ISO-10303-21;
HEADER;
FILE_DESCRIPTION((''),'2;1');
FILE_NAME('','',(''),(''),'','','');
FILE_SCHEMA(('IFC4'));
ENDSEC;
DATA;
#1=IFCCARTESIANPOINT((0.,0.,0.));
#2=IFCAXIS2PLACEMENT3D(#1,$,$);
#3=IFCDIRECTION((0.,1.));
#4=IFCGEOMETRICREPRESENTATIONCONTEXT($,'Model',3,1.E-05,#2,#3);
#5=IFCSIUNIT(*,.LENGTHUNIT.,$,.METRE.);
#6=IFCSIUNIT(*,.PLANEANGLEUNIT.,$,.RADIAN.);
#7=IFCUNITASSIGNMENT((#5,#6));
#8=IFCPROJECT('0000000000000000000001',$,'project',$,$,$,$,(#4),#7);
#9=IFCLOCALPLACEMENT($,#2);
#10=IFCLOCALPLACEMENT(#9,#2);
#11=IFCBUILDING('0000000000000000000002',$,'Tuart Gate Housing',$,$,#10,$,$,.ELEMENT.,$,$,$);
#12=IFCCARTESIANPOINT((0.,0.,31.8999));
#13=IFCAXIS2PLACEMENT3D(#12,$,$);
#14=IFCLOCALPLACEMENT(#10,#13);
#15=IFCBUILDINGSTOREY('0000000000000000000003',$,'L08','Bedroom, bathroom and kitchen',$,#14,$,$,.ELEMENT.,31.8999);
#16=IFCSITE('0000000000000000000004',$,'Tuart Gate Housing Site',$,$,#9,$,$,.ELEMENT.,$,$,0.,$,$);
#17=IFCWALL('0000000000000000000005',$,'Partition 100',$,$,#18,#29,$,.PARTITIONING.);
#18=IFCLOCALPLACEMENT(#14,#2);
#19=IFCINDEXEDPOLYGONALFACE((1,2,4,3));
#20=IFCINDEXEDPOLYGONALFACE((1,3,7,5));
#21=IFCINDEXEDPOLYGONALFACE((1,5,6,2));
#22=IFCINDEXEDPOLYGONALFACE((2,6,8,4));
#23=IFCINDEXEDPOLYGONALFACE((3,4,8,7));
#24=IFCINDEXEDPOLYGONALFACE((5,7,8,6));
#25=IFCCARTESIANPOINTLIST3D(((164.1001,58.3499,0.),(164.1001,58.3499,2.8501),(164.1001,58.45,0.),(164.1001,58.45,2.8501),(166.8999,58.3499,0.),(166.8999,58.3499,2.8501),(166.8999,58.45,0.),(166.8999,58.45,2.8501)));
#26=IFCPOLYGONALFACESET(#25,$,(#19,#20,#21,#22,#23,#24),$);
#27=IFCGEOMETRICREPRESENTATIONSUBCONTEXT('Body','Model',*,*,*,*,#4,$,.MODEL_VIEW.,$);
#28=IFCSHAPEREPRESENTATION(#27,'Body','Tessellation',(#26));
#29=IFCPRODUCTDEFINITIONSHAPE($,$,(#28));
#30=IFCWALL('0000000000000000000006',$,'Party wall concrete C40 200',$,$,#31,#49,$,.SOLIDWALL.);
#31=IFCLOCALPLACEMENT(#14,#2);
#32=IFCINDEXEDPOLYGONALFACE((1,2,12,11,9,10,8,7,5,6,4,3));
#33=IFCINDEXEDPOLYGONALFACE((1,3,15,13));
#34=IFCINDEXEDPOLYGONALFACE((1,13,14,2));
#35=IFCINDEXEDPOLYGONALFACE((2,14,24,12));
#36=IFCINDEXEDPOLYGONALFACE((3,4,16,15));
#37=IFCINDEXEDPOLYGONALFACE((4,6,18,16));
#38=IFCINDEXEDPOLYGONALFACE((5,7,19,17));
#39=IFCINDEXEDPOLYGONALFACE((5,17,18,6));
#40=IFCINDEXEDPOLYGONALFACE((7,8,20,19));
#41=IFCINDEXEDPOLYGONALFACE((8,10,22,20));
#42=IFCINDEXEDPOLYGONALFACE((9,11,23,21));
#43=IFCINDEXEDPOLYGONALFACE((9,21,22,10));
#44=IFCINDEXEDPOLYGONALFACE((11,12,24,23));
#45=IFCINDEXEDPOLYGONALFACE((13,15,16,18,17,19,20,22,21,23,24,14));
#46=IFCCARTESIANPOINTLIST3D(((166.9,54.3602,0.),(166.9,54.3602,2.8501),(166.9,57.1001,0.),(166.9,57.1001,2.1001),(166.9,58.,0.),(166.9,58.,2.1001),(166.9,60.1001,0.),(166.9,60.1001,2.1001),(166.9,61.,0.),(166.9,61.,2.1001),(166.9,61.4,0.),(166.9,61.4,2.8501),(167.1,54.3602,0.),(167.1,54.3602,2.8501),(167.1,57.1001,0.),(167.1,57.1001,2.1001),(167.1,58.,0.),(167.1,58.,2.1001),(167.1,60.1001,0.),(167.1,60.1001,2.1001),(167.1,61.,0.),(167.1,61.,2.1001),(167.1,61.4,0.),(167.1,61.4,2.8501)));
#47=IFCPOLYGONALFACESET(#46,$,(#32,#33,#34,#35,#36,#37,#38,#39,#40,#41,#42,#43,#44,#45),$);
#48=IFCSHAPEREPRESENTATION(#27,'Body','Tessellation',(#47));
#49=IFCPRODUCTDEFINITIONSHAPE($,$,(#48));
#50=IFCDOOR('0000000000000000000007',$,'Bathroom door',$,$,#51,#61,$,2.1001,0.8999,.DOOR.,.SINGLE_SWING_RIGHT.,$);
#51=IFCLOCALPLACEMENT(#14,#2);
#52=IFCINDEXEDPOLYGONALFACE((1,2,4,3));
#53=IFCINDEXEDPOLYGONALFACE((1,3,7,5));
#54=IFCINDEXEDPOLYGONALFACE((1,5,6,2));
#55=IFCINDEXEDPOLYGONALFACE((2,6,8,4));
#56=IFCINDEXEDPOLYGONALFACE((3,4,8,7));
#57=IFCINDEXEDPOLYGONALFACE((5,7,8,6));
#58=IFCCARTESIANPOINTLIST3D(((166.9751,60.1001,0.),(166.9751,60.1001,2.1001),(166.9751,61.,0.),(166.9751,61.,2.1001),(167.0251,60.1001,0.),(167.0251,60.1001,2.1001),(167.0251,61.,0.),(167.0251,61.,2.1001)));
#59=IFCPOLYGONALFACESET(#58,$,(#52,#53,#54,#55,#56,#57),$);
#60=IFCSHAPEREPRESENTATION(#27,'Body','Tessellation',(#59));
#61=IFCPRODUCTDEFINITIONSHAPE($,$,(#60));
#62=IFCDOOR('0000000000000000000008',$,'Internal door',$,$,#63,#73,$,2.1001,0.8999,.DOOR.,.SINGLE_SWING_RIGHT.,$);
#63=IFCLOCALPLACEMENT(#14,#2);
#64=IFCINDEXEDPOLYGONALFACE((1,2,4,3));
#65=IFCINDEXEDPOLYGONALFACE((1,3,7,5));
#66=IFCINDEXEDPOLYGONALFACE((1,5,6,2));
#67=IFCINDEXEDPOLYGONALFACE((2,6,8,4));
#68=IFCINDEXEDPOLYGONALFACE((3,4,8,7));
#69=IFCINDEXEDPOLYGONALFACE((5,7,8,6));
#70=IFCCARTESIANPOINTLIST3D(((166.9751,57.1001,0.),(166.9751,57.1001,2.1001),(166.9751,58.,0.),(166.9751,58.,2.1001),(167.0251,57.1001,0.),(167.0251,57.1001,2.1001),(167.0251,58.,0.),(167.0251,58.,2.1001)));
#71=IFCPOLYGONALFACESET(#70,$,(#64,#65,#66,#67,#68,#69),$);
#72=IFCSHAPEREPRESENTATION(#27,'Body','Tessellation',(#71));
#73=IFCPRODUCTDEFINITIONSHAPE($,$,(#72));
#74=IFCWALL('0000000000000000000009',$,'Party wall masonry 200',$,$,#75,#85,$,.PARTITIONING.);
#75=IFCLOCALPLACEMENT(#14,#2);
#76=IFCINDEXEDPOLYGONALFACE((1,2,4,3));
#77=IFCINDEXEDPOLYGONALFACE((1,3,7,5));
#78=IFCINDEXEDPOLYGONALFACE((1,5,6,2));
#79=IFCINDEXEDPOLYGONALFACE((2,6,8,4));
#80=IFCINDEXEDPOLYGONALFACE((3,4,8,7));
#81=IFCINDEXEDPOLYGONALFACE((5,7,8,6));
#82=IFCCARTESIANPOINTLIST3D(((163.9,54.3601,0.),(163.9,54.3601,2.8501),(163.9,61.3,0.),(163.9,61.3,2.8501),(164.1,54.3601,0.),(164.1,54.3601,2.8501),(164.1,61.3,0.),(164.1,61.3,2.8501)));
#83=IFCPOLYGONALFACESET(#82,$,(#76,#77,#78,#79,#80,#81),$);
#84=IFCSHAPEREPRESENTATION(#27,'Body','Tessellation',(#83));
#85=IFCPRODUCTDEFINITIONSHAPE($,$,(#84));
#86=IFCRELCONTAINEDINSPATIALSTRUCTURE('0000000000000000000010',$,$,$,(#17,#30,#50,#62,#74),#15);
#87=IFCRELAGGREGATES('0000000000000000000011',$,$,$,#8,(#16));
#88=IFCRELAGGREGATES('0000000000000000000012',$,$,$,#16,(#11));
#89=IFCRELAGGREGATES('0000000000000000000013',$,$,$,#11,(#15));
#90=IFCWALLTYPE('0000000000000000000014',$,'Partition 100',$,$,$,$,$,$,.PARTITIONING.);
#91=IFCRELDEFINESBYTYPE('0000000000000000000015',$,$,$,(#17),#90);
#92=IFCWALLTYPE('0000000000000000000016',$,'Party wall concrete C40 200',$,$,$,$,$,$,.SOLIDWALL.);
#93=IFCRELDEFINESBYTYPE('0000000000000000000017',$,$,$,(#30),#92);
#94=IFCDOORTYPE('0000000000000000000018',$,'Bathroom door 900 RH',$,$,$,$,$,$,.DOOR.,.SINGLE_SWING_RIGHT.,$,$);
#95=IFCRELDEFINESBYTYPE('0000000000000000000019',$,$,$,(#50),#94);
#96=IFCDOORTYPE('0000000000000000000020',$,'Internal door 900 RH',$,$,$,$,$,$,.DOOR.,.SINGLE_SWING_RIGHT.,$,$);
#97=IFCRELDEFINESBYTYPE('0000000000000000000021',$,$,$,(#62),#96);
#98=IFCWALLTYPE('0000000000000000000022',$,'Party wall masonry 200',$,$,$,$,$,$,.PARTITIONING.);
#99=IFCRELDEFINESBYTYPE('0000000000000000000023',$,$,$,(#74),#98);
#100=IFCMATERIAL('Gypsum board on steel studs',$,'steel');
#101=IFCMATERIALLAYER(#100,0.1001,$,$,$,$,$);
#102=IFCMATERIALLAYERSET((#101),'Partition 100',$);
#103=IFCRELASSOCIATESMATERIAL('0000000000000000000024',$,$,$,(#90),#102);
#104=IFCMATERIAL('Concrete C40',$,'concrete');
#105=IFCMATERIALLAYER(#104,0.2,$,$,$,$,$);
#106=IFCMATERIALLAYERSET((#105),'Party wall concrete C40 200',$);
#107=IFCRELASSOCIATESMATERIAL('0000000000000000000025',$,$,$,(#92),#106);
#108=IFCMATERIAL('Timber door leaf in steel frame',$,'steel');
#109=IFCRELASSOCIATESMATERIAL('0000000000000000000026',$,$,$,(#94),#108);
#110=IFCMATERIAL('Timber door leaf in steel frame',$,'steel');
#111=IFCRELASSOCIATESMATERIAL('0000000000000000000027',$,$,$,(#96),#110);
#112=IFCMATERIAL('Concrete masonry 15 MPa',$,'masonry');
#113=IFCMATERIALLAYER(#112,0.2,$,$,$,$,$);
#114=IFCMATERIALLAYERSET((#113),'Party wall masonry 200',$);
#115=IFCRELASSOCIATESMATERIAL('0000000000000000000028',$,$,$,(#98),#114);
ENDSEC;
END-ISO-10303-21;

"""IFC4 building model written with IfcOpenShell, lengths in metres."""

from ifc_helpers import new_model, si_unit, direction, frame, frame_2d, origin, place, context, subcontext, project, spatial, rectangle, extrude, material, layer, layer_set, type_object, element, fill, save


model = new_model("IFC4")

# Units and contexts
model_context = context("Model", 3, precision=1e-05, world=origin(), true_north=direction((0.0, 1.0)))
body_context = subcontext(model_context, "Body", "Model", "MODEL_VIEW")
ifc_project = project(units=[si_unit("LENGTHUNIT", "METRE"), si_unit("PLANEANGLEUNIT", "RADIAN")], contexts=[model_context])

# Site, building, storey
site_placement = place(None, origin())
site = spatial("IfcSite", under=ifc_project, at=site_placement, Name="Tuart Gate Housing Site", CompositionType="ELEMENT", RefElevation=0.0)
building_placement = place(site_placement, origin())
building = spatial("IfcBuilding", under=site, at=building_placement, Name="Tuart Gate Housing", CompositionType="ELEMENT")
storey_placement = place(building_placement, frame((0.0, 0.0, 31.8999)))
storey = spatial("IfcBuildingStorey", under=building, at=storey_placement, Name="L08", Description="Bedroom, bathroom and kitchen", CompositionType="ELEMENT", Elevation=31.8999)

# Wall
ifc_material_1 = material(Name="Gypsum board on steel studs", Category="steel")
ifc_layer_1 = layer(ifc_material_1, 0.1001)
ifc_layer_set_1 = layer_set([ifc_layer_1], Name="Partition 100")
wall_type_1 = type_object("IfcWallType", Name="Partition 100", PredefinedType="PARTITIONING", material=ifc_layer_set_1)
wall_1_placement = place(storey_placement, frame((164.1001, 58.3999, 0.0), z_axis=(0.0, 0.0, 1.0), x_axis=(1.0, 0.0, 0.0)))
element("IfcWall", 1, at=wall_1_placement, inside=storey, type_object=wall_type_1, Name="Partition 100", PredefinedType="PARTITIONING", context=body_context, shape_type="SweptSolid", body=[
    extrude(rectangle(XDim=2.7998, YDim=0.1001, at=frame_2d((1.3999, 0.0))), origin(), (0.0, 0.0, 1.0), 2.8501),
])

# Wall, openings, doors
ifc_material_2 = material(Name="Concrete C40", Category="concrete")
ifc_layer_2 = layer(ifc_material_2, 0.2)
ifc_layer_set_2 = layer_set([ifc_layer_2], Name="Party wall concrete C40 200")
wall_type_2 = type_object("IfcWallType", Name="Party wall concrete C40 200", PredefinedType="SOLIDWALL", material=ifc_layer_set_2)
wall_2_placement = place(storey_placement, frame((167.0, 54.3601, 0.0), z_axis=(0.0, 0.0, 1.0), x_axis=(0.0, 1.0, 0.0)))
wall_2 = element("IfcWall", 2, at=wall_2_placement, inside=storey, type_object=wall_type_2, Name="Party wall concrete C40 200", PredefinedType="SOLIDWALL", context=body_context, shape_type="SweptSolid", body=[
    extrude(rectangle(XDim=7.0398, YDim=0.2, at=frame_2d((3.52, 0.0))), origin(), (0.0, 0.0, 1.0), 2.8501),
])
opening_1_placement = place(wall_2_placement, frame((2.74, 0.0, 0.0)))
opening_1 = element("IfcOpeningElement", 3, at=opening_1_placement, cuts=wall_2, PredefinedType="OPENING", context=body_context, shape_type="SweptSolid", body=[
    extrude(rectangle(XDim=0.8999, YDim=2.1001, at=frame_2d((0.45, 1.05))), frame((0.0, 0.1099, 0.0), z_axis=(0.0, -1.0, 0.0), x_axis=(1.0, 0.0, 0.0)), (0.0, 0.0, 1.0), 0.22),
])
opening_2_placement = place(wall_2_placement, frame((5.74, 0.0, 0.0)))
opening_2 = element("IfcOpeningElement", 4, at=opening_2_placement, cuts=wall_2, PredefinedType="OPENING", context=body_context, shape_type="SweptSolid", body=[
    extrude(rectangle(XDim=0.8999, YDim=2.1001, at=frame_2d((0.45, 1.05))), frame((0.0, 0.1099, 0.0), z_axis=(0.0, -1.0, 0.0), x_axis=(1.0, 0.0, 0.0)), (0.0, 0.0, 1.0), 0.22),
])
ifc_material_3 = material(Name="Timber door leaf in steel frame", Category="steel")
door_type_1 = type_object("IfcDoorType", Name="Bathroom door 900 RH", OperationType="SINGLE_SWING_RIGHT", PredefinedType="DOOR", material=ifc_material_3)
door_1_placement = place(opening_2_placement, origin())
door_1 = element("IfcDoor", 5, at=door_1_placement, inside=storey, type_object=door_type_1, Name="Bathroom door", OperationType="SINGLE_SWING_RIGHT", OverallHeight=2.1001, OverallWidth=0.8999, PredefinedType="DOOR", context=body_context, shape_type="SweptSolid", body=[
    extrude(rectangle(XDim=0.8999, YDim=2.1001, at=frame_2d((0.45, 1.05))), frame((0.0, 0.0249, 0.0), z_axis=(0.0, -1.0, 0.0), x_axis=(1.0, 0.0, 0.0)), (0.0, 0.0, 1.0), 0.05),
])
fill(opening_2, door_1)
ifc_material_4 = material(Name="Timber door leaf in steel frame", Category="steel")
door_type_2 = type_object("IfcDoorType", Name="Internal door 900 RH", OperationType="SINGLE_SWING_RIGHT", PredefinedType="DOOR", material=ifc_material_4)
door_2_placement = place(opening_1_placement, origin())
door_2 = element("IfcDoor", 6, at=door_2_placement, inside=storey, type_object=door_type_2, Name="Internal door", OperationType="SINGLE_SWING_RIGHT", OverallHeight=2.1001, OverallWidth=0.8999, PredefinedType="DOOR", context=body_context, shape_type="SweptSolid", body=[
    extrude(rectangle(XDim=0.8999, YDim=2.1001, at=frame_2d((0.45, 1.05))), frame((0.0, 0.0249, 0.0), z_axis=(0.0, -1.0, 0.0), x_axis=(1.0, 0.0, 0.0)), (0.0, 0.0, 1.0), 0.05),
])
fill(opening_1, door_2)

# Wall
ifc_material_5 = material(Name="Concrete masonry 15 MPa", Category="masonry")
ifc_layer_3 = layer(ifc_material_5, 0.2)
ifc_layer_set_3 = layer_set([ifc_layer_3], Name="Party wall masonry 200")
wall_type_3 = type_object("IfcWallType", Name="Party wall masonry 200", PredefinedType="PARTITIONING", material=ifc_layer_set_3)
wall_3_placement = place(storey_placement, frame((164.0, 54.3601, 0.0), z_axis=(0.0, 0.0, 1.0), x_axis=(0.0, 1.0, 0.0)))
element("IfcWall", 7, at=wall_3_placement, inside=storey, type_object=wall_type_3, Name="Party wall masonry 200", PredefinedType="PARTITIONING", context=body_context, shape_type="SweptSolid", body=[
    extrude(rectangle(XDim=6.9399, YDim=0.2, at=frame_2d((3.47, 0.0))), origin(), (0.0, 0.0, 1.0), 2.8501),
])

save(model, "model.ifc")
